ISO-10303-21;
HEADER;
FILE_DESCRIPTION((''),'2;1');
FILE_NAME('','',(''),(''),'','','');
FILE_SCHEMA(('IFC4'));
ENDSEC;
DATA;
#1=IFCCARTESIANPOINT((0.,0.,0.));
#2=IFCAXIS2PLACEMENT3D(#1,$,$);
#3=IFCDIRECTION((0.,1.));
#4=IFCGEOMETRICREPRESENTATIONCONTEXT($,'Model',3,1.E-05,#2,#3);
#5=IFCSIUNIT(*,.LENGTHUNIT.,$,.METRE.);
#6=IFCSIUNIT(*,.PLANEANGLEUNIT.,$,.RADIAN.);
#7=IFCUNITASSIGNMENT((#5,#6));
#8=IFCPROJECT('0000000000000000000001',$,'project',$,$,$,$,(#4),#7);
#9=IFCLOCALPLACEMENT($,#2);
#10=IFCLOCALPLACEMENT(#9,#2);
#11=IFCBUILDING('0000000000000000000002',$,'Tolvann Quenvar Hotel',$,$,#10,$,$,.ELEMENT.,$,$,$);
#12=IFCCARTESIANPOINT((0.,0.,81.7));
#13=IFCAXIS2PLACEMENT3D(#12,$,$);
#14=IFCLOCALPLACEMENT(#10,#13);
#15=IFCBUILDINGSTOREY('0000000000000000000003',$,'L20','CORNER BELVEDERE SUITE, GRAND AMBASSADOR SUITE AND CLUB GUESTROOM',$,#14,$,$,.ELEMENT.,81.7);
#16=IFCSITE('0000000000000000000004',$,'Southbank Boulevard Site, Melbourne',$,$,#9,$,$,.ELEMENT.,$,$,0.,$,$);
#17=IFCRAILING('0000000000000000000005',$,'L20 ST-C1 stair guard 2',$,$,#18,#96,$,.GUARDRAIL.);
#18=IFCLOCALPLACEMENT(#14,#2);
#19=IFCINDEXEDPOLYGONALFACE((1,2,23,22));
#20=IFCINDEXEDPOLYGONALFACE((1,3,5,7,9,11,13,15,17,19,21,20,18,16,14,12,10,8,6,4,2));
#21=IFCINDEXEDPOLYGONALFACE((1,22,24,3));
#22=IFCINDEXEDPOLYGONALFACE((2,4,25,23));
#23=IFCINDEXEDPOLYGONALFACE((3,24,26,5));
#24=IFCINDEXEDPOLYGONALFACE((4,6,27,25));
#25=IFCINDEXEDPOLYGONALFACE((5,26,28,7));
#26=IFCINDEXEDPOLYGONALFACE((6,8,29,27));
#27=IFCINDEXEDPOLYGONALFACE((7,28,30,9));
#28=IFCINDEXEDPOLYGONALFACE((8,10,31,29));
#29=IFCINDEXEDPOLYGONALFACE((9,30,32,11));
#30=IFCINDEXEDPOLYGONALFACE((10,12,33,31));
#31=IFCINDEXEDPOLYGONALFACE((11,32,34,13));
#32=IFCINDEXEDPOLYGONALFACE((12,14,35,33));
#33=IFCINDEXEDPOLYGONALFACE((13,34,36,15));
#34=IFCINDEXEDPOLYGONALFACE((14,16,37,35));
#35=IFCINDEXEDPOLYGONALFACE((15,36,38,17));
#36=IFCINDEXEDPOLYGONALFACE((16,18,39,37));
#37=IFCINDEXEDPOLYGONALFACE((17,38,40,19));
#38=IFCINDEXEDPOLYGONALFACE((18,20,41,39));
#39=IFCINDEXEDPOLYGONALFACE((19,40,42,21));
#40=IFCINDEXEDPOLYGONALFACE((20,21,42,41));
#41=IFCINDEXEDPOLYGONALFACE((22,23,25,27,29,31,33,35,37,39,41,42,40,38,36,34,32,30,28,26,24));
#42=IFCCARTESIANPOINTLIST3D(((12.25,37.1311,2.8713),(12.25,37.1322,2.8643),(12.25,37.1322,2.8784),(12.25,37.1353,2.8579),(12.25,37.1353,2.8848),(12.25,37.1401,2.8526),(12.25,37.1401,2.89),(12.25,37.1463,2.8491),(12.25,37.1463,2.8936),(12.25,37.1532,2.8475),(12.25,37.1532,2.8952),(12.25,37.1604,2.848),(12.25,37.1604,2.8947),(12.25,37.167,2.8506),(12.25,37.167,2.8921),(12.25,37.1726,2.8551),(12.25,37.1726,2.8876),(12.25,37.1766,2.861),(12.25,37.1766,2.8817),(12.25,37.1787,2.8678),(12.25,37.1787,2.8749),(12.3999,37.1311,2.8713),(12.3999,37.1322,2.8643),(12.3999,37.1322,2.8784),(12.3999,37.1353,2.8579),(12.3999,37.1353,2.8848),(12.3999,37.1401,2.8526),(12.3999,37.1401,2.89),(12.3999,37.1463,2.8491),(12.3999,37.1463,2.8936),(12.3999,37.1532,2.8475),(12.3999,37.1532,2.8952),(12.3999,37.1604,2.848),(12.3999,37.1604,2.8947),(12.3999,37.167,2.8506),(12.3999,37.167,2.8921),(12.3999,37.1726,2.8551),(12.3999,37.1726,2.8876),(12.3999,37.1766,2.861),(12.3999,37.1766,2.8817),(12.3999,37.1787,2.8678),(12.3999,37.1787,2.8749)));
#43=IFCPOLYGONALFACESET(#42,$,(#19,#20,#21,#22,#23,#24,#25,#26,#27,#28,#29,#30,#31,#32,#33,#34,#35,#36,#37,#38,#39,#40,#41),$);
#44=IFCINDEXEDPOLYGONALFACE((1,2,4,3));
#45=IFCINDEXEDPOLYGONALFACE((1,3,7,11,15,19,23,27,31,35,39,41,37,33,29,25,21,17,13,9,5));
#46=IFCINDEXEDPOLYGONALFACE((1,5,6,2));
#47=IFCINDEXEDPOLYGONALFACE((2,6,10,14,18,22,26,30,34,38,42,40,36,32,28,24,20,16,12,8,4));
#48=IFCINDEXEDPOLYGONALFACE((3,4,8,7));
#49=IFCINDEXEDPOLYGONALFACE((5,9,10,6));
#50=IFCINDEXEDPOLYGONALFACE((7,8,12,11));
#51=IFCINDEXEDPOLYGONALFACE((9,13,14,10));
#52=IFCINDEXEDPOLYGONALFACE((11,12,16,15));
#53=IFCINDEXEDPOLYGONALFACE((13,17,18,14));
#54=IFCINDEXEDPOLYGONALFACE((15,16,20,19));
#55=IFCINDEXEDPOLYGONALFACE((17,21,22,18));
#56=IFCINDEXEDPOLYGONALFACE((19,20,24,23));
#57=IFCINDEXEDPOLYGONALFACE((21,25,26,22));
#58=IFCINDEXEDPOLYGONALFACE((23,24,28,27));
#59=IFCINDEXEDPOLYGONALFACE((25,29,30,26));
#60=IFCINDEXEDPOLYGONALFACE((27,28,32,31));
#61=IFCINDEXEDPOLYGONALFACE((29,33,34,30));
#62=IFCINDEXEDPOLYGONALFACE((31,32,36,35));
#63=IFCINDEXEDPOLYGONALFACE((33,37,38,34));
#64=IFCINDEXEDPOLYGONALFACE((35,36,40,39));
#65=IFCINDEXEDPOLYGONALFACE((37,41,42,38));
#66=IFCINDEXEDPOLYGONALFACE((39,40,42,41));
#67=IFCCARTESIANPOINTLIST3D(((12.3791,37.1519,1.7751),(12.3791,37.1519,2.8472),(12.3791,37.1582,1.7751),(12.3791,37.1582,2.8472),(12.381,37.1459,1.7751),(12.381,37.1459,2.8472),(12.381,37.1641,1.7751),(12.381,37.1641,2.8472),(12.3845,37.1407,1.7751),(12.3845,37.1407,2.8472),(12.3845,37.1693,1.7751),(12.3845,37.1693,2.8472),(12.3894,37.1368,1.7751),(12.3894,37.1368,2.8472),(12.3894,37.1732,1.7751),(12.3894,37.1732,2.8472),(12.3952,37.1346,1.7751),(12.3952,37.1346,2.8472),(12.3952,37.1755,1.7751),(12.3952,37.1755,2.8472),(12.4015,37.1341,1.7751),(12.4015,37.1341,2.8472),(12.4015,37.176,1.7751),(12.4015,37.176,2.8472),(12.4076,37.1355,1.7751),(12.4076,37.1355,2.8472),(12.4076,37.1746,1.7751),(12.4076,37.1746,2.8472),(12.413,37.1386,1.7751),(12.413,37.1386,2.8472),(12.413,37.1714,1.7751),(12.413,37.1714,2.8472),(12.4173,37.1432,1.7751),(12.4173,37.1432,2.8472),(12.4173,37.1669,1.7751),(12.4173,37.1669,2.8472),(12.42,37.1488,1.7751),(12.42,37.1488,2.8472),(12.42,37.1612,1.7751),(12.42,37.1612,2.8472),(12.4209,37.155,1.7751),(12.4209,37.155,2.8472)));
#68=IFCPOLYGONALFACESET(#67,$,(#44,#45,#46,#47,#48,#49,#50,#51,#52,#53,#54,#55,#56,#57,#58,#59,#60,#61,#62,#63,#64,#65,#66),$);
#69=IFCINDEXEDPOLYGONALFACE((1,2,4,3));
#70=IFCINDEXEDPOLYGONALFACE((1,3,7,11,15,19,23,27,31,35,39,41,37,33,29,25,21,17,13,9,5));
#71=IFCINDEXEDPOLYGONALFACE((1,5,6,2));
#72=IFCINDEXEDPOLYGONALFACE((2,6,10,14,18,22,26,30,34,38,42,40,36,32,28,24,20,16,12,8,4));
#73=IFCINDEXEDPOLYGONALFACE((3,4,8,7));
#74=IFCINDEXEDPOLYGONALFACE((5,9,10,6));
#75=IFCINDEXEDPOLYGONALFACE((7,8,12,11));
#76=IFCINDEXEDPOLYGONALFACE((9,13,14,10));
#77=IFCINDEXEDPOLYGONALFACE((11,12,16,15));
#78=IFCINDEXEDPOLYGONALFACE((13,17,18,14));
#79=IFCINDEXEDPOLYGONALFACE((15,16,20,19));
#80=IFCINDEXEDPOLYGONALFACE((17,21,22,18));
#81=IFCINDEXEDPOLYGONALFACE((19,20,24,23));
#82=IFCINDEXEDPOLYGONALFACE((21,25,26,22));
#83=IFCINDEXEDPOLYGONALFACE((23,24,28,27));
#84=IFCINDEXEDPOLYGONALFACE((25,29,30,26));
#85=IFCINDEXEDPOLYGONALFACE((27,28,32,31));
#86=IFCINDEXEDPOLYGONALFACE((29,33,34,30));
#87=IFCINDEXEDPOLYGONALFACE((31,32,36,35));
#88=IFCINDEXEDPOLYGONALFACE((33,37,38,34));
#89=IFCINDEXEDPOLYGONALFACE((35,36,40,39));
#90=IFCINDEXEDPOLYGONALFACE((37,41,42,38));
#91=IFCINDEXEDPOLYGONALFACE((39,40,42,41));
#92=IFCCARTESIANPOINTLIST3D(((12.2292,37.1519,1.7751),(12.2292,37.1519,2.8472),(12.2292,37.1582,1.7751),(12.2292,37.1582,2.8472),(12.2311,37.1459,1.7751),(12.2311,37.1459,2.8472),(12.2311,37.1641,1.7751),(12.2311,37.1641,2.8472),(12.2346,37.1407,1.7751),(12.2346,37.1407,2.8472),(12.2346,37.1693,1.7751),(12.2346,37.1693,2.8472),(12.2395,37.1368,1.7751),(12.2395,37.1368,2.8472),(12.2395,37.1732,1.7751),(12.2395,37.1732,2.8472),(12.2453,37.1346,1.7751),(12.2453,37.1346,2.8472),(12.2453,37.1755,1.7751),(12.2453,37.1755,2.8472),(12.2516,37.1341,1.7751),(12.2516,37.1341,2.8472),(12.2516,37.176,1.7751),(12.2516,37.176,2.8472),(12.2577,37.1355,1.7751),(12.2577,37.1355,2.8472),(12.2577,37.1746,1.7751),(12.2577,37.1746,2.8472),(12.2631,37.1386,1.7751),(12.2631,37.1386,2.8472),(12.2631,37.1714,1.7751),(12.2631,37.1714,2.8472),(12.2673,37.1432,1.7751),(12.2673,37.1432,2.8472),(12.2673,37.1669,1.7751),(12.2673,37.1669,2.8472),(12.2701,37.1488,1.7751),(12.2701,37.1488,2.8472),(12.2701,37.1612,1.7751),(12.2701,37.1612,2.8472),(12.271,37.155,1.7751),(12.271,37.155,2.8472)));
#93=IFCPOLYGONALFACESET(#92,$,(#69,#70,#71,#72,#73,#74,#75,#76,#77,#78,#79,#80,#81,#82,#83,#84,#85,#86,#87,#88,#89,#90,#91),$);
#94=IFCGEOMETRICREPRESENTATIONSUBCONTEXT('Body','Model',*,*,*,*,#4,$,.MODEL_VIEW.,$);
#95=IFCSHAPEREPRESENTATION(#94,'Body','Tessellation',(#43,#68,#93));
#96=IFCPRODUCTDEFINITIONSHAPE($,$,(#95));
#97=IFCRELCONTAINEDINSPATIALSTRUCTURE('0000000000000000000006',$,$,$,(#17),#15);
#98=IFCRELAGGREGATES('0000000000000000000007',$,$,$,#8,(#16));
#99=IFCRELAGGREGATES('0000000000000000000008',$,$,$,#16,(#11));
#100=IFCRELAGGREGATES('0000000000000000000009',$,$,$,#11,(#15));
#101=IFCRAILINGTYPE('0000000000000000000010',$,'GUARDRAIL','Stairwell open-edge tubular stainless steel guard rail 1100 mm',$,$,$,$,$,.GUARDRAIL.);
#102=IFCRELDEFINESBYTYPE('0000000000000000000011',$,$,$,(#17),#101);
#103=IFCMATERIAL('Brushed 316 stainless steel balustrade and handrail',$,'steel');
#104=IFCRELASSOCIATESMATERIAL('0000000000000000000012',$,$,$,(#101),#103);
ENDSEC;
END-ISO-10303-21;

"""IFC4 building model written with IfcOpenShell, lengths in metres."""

from ifc_helpers import new_model, si_unit, direction, frame, origin, origin_2d, place, context, subcontext, project, spatial, circle, extrude, material, type_object, element, save


model = new_model("IFC4")

# Units and contexts
model_context = context("Model", 3, precision=1e-05, world=origin(), true_north=direction((0.0, 1.0)))
body_context = subcontext(model_context, "Body", "Model", "MODEL_VIEW")
ifc_project = project(units=[si_unit("LENGTHUNIT", "METRE"), si_unit("PLANEANGLEUNIT", "RADIAN")], contexts=[model_context])

# Site, building, storey
site_placement = place(None, origin())
site = spatial("IfcSite", under=ifc_project, at=site_placement, Name="Southbank Boulevard Site, Melbourne", CompositionType="ELEMENT", RefElevation=0.0)
building_placement = place(site_placement, origin())
building = spatial("IfcBuilding", under=site, at=building_placement, Name="Tolvann Quenvar Hotel", CompositionType="ELEMENT")
storey_placement = place(building_placement, frame((0.0, 0.0, 81.7)))
storey = spatial("IfcBuildingStorey", under=building, at=storey_placement, Name="L20", Description="CORNER BELVEDERE SUITE, GRAND AMBASSADOR SUITE AND CLUB GUESTROOM", CompositionType="ELEMENT", Elevation=81.7)

# Railing
ifc_material_1 = material(Name="Brushed 316 stainless steel balustrade and handrail", Category="steel")
railing_type_1 = type_object("IfcRailingType", Name="GUARDRAIL", Description="Stairwell open-edge tubular stainless steel guard rail 1100 mm", PredefinedType="GUARDRAIL", material=ifc_material_1)
railing_1_placement = place(storey_placement, frame((12.3999, 37.155, 1.7751)))
element("IfcRailing", 1, at=railing_1_placement, inside=storey, type_object=railing_type_1, Name="L20 ST-C1 stair guard 2", PredefinedType="GUARDRAIL", context=body_context, shape_type="SweptSolid", body=[
    extrude(circle(Radius=0.0239, at=origin_2d()), frame((0.0, 0.0, 1.0962), z_axis=(-1.0, 0.0, 0.0), x_axis=(0.0, -1.0, 0.0)), (0.0, 0.0, 1.0), 0.1499),
    extrude(circle(Radius=0.021, at=origin_2d()), origin(), (0.0, 0.0, 1.0), 1.072),
    extrude(circle(Radius=0.021, at=origin_2d()), frame((-0.1499, 0.0, 0.0)), (0.0, 0.0, 1.0), 1.072),
])

save(model, "model.ifc")
